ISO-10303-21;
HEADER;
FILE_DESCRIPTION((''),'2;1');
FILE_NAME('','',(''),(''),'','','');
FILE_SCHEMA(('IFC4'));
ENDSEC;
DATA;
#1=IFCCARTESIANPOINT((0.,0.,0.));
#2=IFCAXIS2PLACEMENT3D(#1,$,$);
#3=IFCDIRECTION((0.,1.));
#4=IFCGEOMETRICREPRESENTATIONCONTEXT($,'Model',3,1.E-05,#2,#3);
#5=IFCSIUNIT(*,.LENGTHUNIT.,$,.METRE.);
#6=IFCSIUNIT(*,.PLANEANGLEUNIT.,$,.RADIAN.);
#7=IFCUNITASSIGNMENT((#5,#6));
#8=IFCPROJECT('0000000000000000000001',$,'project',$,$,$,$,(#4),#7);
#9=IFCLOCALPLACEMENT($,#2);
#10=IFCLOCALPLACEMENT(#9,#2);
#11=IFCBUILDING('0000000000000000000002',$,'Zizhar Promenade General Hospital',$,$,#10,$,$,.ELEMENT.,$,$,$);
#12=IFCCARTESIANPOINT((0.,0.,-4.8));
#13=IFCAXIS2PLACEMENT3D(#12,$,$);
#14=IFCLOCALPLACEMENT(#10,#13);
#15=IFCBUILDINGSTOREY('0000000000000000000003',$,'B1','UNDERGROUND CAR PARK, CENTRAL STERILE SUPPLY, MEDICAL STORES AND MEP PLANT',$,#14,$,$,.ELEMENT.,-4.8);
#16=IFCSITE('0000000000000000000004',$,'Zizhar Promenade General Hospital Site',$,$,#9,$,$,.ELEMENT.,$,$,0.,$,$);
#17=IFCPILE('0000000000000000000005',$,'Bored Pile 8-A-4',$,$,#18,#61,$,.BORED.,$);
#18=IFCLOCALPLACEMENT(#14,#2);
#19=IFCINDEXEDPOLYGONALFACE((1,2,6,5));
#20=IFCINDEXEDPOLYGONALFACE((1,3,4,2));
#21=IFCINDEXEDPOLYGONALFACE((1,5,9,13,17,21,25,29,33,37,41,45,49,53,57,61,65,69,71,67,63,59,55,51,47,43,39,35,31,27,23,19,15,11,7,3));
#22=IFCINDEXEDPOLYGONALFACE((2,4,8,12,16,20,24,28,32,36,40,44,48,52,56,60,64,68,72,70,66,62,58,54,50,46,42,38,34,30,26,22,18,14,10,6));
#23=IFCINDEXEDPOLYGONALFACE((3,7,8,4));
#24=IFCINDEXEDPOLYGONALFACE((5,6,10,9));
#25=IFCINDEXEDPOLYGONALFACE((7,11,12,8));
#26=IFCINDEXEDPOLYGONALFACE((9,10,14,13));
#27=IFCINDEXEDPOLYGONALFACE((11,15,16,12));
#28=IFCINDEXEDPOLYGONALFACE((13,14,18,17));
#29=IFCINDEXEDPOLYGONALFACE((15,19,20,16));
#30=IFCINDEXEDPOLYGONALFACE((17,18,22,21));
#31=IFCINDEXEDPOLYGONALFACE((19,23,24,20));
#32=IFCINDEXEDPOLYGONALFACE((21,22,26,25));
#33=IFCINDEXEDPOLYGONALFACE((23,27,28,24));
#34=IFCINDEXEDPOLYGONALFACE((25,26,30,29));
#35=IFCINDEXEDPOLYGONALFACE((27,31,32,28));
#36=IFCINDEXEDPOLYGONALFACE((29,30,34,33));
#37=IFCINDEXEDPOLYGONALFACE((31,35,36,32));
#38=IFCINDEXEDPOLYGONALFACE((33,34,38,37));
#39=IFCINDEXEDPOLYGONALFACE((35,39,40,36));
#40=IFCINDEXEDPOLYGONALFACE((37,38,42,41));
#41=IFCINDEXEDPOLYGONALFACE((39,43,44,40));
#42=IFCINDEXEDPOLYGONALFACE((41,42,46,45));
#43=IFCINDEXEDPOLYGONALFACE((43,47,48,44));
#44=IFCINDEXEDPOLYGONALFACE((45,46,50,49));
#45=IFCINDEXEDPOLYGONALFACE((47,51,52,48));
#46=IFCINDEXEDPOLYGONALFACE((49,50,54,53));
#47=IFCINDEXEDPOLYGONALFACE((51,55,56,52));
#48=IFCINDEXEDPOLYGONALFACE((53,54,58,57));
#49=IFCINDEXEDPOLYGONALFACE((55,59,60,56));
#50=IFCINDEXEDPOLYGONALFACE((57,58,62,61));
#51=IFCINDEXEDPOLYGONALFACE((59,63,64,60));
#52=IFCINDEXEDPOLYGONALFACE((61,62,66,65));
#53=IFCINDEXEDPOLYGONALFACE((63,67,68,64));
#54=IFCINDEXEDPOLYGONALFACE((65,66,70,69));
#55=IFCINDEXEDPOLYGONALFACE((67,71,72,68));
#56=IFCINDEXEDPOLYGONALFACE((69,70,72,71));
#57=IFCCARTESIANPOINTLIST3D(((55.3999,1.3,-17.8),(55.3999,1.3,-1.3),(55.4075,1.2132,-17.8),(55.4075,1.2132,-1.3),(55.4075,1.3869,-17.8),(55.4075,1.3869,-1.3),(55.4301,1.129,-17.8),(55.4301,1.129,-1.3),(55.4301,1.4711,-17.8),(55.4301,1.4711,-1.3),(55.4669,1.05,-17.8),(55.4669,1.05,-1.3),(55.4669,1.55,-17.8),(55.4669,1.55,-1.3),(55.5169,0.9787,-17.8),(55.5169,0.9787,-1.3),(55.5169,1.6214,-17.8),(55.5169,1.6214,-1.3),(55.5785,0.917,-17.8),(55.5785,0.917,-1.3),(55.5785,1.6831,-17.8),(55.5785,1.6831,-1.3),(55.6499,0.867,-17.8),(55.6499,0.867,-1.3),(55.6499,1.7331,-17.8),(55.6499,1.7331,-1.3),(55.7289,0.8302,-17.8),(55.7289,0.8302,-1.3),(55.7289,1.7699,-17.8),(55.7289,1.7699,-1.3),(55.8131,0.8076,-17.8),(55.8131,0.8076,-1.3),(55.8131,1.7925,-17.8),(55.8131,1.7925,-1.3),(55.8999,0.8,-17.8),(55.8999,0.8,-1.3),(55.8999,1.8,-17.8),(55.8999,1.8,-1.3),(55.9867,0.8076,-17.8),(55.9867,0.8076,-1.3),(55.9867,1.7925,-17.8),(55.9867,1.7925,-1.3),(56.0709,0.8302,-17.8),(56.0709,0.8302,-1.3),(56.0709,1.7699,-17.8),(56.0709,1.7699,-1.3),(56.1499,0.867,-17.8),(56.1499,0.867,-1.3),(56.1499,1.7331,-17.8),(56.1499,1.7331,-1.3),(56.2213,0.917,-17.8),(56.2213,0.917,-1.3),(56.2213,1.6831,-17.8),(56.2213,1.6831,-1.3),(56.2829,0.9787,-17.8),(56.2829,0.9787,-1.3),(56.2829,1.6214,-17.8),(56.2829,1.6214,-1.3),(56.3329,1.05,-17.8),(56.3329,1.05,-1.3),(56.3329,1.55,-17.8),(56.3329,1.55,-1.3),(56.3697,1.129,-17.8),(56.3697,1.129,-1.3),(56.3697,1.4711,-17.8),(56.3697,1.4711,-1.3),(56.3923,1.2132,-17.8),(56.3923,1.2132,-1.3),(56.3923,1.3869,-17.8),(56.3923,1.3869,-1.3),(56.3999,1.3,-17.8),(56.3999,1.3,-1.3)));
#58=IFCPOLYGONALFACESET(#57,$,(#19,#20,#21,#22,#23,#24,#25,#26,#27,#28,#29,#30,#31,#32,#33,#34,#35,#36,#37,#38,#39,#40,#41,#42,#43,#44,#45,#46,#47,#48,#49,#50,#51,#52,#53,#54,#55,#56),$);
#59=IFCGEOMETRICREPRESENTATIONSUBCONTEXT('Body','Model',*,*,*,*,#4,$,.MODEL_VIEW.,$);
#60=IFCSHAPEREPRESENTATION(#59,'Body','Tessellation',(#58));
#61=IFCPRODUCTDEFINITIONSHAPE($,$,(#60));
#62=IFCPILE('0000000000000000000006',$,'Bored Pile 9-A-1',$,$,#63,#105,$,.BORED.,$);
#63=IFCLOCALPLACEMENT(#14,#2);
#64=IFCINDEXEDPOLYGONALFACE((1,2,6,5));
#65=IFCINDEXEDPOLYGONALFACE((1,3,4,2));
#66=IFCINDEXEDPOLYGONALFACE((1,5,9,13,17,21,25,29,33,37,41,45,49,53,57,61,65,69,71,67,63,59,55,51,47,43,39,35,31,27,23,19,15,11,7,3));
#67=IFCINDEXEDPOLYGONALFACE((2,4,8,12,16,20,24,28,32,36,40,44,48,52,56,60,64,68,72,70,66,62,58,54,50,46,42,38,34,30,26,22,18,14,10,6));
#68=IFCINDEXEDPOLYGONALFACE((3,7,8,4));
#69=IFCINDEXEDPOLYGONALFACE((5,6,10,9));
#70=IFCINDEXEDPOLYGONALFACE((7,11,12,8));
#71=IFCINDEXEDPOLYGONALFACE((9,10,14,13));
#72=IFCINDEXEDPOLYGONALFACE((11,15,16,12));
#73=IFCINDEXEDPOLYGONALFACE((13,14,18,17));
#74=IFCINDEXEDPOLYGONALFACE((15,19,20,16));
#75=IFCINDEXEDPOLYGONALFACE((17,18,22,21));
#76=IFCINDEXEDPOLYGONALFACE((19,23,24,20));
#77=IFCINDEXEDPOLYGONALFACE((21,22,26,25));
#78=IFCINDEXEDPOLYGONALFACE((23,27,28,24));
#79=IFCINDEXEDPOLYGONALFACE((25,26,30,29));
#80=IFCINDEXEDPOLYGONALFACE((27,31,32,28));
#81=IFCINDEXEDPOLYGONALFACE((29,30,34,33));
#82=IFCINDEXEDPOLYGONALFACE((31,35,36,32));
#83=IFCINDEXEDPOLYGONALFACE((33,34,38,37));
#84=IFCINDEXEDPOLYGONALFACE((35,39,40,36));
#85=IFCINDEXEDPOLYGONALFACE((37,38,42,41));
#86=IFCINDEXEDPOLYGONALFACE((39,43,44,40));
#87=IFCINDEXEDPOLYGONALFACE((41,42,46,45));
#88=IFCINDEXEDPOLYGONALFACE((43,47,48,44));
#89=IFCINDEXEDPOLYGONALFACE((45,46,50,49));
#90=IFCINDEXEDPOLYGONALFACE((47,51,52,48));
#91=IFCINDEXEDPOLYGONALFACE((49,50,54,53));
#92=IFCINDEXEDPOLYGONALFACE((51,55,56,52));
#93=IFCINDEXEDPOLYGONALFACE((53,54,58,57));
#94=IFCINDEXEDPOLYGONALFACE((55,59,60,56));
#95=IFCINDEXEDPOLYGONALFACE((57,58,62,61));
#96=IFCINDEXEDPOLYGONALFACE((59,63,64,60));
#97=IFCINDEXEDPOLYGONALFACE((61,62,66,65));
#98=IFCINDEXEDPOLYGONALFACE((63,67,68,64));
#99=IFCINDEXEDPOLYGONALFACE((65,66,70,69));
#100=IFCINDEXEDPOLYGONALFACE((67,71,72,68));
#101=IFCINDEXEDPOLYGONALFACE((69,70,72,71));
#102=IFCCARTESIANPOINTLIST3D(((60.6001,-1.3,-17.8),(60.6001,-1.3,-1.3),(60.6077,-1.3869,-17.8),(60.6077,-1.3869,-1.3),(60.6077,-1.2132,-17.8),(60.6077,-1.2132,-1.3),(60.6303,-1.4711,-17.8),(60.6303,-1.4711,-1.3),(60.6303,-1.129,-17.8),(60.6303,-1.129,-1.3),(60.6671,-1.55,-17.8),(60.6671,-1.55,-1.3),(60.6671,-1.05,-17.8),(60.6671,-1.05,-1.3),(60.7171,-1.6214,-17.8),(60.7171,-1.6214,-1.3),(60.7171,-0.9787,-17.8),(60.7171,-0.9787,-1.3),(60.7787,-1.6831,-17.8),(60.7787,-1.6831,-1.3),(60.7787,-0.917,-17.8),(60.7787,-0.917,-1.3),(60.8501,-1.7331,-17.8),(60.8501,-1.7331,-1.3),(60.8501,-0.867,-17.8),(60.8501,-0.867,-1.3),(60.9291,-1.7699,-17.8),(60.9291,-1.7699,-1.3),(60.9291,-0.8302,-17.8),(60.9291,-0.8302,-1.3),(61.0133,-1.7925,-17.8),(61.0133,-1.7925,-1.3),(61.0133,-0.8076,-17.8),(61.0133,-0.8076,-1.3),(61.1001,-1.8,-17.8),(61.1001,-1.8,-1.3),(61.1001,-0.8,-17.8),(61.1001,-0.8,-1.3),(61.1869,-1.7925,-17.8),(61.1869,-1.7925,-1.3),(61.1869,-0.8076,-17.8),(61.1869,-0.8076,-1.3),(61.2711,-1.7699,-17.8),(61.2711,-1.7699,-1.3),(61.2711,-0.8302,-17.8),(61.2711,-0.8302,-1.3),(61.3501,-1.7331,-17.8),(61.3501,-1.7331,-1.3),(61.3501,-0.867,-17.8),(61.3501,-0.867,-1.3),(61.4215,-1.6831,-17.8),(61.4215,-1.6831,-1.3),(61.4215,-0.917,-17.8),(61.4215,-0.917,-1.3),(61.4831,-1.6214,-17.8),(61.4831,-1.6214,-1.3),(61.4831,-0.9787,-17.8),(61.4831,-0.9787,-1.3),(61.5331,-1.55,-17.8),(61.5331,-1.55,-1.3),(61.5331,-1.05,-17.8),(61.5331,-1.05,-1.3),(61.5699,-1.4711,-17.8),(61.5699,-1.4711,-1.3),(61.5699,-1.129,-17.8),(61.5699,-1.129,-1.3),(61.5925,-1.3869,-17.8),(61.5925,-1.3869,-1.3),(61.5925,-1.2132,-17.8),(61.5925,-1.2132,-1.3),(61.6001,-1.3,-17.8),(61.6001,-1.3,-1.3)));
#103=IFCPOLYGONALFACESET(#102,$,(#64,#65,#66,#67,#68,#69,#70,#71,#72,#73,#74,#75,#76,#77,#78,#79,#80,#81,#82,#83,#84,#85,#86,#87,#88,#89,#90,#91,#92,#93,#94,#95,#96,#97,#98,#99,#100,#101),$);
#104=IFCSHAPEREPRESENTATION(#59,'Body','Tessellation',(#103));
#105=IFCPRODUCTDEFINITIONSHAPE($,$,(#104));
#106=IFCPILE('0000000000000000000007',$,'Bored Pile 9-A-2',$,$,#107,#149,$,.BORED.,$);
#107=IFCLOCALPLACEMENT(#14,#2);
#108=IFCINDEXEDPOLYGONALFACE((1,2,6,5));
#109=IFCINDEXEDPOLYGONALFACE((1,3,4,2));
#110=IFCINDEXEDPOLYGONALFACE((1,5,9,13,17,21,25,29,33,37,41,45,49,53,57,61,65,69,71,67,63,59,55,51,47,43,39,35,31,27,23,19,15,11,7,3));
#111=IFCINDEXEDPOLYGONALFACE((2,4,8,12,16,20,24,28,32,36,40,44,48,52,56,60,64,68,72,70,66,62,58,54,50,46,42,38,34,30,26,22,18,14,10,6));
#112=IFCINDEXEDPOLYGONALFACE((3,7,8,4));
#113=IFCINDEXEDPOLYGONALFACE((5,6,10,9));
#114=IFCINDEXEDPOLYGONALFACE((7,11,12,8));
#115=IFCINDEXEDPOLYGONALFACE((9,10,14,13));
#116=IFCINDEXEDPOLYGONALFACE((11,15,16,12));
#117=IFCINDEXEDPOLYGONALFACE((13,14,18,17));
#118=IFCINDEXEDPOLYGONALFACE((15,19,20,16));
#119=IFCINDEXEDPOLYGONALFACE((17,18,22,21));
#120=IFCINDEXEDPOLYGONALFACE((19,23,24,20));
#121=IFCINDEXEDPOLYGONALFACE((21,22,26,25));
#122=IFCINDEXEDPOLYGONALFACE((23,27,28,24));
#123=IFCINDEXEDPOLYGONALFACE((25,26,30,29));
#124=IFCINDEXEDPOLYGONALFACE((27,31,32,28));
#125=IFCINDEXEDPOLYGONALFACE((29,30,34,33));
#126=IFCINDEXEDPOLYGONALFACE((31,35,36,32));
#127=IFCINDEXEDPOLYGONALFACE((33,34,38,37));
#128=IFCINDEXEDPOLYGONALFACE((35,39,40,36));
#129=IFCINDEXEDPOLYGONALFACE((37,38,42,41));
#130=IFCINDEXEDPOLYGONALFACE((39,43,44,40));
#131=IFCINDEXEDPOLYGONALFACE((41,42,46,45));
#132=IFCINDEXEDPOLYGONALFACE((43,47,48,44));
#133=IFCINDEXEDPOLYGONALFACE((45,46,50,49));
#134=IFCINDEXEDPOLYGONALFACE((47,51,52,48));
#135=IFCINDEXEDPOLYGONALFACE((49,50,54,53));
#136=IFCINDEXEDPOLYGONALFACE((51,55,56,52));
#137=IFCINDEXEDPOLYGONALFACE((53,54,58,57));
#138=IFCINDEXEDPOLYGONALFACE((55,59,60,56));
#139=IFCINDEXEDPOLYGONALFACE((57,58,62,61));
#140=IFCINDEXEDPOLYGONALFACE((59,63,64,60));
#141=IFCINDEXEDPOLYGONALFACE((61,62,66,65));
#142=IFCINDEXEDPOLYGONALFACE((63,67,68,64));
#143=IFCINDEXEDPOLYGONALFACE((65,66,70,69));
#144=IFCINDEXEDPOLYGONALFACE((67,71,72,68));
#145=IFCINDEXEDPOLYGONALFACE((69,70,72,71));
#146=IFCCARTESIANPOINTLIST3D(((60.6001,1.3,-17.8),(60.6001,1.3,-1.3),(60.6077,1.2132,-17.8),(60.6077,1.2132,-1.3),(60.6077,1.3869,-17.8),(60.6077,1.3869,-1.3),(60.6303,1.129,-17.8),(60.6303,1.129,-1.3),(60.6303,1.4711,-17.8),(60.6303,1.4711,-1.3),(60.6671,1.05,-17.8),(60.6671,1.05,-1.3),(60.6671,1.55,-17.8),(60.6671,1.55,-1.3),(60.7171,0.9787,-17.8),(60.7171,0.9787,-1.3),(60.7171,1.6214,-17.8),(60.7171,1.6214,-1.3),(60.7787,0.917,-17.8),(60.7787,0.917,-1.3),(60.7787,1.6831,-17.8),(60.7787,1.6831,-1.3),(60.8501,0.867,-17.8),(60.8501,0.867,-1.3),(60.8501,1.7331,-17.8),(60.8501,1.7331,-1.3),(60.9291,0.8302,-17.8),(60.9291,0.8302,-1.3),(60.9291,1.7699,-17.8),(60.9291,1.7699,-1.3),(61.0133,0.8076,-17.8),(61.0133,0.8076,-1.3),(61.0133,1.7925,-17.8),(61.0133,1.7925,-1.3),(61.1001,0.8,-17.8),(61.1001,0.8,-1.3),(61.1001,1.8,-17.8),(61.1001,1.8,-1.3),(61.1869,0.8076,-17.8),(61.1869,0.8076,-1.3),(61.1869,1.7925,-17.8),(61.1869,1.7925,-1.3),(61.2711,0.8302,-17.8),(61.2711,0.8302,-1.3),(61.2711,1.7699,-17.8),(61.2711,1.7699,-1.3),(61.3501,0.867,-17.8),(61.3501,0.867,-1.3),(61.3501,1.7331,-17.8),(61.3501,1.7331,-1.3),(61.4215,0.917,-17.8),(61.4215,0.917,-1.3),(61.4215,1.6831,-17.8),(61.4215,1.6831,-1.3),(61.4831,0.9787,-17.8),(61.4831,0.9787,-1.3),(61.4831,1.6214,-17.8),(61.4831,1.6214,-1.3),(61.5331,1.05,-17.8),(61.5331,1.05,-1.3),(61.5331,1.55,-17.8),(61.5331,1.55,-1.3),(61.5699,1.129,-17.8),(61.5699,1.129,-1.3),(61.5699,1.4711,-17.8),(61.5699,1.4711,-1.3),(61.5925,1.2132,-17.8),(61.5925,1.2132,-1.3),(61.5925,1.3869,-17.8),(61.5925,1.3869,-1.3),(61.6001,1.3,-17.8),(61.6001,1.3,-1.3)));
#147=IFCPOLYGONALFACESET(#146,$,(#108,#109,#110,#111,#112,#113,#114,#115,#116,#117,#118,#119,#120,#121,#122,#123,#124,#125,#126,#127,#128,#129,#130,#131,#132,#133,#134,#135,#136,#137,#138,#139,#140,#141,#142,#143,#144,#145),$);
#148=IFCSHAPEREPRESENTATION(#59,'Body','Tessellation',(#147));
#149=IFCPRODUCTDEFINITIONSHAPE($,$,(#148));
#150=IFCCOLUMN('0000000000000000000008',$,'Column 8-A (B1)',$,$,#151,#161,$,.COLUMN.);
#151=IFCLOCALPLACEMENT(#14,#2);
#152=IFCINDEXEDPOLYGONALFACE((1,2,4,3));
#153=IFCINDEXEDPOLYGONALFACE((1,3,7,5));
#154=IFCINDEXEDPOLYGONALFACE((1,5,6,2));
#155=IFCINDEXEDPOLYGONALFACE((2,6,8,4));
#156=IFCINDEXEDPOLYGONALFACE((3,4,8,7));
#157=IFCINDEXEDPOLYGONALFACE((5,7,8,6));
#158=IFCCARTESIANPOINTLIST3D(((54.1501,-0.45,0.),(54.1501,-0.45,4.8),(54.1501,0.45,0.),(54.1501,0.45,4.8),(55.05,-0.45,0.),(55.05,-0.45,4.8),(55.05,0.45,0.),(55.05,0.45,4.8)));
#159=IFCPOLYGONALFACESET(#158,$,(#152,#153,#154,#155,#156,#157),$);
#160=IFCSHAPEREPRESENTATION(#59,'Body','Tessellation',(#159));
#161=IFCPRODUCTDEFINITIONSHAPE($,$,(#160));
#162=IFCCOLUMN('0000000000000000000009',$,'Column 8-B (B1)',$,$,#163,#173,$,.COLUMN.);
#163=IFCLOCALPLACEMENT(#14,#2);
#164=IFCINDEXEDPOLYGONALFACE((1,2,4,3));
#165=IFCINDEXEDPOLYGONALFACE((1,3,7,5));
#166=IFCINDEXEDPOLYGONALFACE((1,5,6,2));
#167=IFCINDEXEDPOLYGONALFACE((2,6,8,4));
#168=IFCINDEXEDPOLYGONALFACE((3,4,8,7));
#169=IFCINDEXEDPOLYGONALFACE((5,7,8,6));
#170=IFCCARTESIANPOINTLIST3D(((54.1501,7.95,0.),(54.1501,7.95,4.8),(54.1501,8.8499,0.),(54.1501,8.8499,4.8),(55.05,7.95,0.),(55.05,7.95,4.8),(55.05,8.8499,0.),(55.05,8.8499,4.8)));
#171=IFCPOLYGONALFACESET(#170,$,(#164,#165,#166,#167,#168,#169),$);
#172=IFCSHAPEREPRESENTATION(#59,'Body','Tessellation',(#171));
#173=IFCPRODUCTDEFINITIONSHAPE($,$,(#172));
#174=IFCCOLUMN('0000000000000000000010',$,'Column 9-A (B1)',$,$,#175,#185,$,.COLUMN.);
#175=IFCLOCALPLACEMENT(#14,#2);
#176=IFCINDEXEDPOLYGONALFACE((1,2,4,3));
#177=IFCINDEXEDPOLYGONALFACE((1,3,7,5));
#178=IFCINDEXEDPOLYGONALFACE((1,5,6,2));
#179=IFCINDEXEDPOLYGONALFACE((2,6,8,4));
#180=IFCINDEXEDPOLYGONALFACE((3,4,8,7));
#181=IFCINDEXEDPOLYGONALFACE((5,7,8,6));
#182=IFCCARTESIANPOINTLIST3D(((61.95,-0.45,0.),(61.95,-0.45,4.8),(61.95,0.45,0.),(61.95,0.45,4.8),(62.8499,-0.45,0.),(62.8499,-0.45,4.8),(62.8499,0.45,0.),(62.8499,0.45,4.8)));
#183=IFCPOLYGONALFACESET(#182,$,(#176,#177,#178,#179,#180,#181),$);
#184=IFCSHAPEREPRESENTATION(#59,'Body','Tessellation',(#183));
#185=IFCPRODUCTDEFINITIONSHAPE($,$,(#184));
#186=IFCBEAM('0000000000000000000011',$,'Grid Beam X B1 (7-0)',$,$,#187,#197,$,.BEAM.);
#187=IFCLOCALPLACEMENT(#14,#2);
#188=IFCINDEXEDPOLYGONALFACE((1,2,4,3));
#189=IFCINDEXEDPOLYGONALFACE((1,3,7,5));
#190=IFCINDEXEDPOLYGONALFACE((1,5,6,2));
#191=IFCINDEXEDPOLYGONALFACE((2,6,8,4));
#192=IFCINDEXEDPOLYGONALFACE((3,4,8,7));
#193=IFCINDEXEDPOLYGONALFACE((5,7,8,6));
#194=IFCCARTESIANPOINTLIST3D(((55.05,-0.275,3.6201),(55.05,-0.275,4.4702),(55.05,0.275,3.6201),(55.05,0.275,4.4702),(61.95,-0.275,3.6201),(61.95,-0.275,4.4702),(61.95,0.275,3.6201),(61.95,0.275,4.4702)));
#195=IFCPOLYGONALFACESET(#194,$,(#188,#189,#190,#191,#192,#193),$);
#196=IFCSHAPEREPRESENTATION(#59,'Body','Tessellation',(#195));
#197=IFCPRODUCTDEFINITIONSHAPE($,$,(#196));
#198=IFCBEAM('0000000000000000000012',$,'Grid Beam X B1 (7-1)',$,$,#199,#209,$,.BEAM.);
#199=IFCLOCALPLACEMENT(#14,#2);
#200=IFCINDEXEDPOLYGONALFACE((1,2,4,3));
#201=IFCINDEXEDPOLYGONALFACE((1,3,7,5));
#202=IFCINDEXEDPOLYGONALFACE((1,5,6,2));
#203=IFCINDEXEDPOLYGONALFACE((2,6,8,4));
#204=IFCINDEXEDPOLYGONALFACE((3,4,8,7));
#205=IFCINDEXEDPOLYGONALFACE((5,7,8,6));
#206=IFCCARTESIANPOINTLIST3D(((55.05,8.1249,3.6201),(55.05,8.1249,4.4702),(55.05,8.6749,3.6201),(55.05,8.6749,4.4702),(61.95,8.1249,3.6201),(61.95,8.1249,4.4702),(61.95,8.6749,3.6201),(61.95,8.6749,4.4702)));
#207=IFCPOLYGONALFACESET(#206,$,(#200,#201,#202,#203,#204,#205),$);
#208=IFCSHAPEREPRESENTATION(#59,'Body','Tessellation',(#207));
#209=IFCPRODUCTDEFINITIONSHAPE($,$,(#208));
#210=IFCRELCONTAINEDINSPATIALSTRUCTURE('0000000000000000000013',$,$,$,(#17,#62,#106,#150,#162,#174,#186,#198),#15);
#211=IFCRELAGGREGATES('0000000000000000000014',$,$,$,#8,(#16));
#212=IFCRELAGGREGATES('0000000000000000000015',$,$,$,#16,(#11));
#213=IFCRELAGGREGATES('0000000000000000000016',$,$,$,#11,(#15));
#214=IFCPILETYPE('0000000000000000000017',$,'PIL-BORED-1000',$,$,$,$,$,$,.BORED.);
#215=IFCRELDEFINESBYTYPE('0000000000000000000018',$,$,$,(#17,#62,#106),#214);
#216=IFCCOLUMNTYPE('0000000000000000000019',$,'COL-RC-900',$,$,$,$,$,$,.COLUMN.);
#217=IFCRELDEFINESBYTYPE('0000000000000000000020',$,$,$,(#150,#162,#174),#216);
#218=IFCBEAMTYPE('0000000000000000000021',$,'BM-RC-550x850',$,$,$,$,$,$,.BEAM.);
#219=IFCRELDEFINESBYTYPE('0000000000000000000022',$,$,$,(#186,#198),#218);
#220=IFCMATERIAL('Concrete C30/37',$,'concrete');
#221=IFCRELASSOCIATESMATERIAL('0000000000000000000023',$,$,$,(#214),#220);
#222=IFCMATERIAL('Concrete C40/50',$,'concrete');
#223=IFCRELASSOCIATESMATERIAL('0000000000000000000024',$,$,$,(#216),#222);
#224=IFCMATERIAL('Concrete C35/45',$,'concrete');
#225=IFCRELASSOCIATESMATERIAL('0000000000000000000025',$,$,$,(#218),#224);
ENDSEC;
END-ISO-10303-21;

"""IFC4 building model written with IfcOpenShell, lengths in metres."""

from ifc_helpers import new_model, si_unit, direction, frame, origin, origin_2d, place, context, subcontext, project, spatial, rectangle, circle, extrude, material, material_profile, profile_set, type_object, element, save


model = new_model("IFC4")

# Units and contexts
model_context = context("Model", 3, precision=1e-05, world=origin(), true_north=direction((0.0, 1.0)))
body_context = subcontext(model_context, "Body", "Model", "MODEL_VIEW")
ifc_project = project(units=[si_unit("LENGTHUNIT", "METRE"), si_unit("PLANEANGLEUNIT", "RADIAN")], contexts=[model_context])

# Site, building, storey
site_placement = place(None, origin())
site = spatial("IfcSite", under=ifc_project, at=site_placement, Name="Zizhar Promenade General Hospital Site", CompositionType="ELEMENT", RefElevation=0.0)
building_placement = place(site_placement, origin())
building = spatial("IfcBuilding", under=site, at=building_placement, Name="Zizhar Promenade General Hospital", CompositionType="ELEMENT")
storey_placement = place(building_placement, frame((0.0, 0.0, -4.8)))
storey = spatial("IfcBuildingStorey", under=building, at=storey_placement, Name="B1", Description="UNDERGROUND CAR PARK, CENTRAL STERILE SUPPLY, MEDICAL STORES AND MEP PLANT", CompositionType="ELEMENT", Elevation=-4.8)

# Piles
ifc_material_1 = material(Name="Concrete C30/37", Category="concrete")
ifc_material_profile_1 = material_profile(ifc_material_1, circle(Radius=0.5, at=origin_2d()))
ifc_profile_set_1 = profile_set([ifc_material_profile_1], Name="Concrete C30/37")
pile_type = type_object("IfcPileType", Name="PIL-BORED-1000", PredefinedType="BORED", material=ifc_profile_set_1)
for number, where, z_axis, x_axis, name in (
    (1, (55.8999, 1.3, -1.3), (0.0, 0.0, -1.0), (1.0, 0.0, 0.0), "Bored Pile 8-A-4"),
    (2, (61.1001, -1.3, -1.3), (0.0, 0.0, -1.0), (1.0, 0.0, 0.0), "Bored Pile 9-A-1"),
    (3, (61.1001, 1.3, -1.3), (0.0, 0.0, -1.0), (1.0, 0.0, 0.0), "Bored Pile 9-A-2"),
):
    element("IfcPile", number, at=place(storey_placement, frame(where, z_axis=z_axis, x_axis=x_axis)), inside=storey, type_object=pile_type, Name=name, PredefinedType="BORED", context=body_context, shape_type="SweptSolid", body=[
        extrude(circle(Radius=0.5, at=origin_2d()), origin(), (0.0, 0.0, 1.0), 16.5),
    ])

# Columns
ifc_material_2 = material(Name="Concrete C40/50", Category="concrete")
ifc_material_profile_2 = material_profile(ifc_material_2, rectangle(XDim=0.8999, YDim=0.8999, at=origin_2d()))
ifc_profile_set_2 = profile_set([ifc_material_profile_2], Name="Concrete C40/50")
column_type = type_object("IfcColumnType", Name="COL-RC-900", PredefinedType="COLUMN", material=ifc_profile_set_2)
for number, where, z_axis, x_axis, name in (
    (4, (54.6001, 0.0, 0.0), (0.0, 0.0, 1.0), (1.0, 0.0, 0.0), "Column 8-A (B1)"),
    (5, (54.6001, 8.3999, 0.0), (0.0, 0.0, 1.0), (1.0, 0.0, 0.0), "Column 8-B (B1)"),
    (6, (62.3999, 0.0, 0.0), (0.0, 0.0, 1.0), (1.0, 0.0, 0.0), "Column 9-A (B1)"),
):
    element("IfcColumn", number, at=place(storey_placement, frame(where, z_axis=z_axis, x_axis=x_axis)), inside=storey, type_object=column_type, Name=name, PredefinedType="COLUMN", context=body_context, shape_type="SweptSolid", body=[
        extrude(rectangle(XDim=0.8999, YDim=0.8999, at=origin_2d()), origin(), (0.0, 0.0, 1.0), 4.8),
    ])

# Beams
ifc_material_3 = material(Name="Concrete C35/45", Category="concrete")
ifc_material_profile_3 = material_profile(ifc_material_3, rectangle(XDim=0.55, YDim=0.8501, at=origin_2d()))
ifc_profile_set_3 = profile_set([ifc_material_profile_3], Name="Concrete C35/45")
beam_type_1 = type_object("IfcBeamType", Name="BM-RC-550x850", PredefinedType="BEAM", material=ifc_profile_set_3)
for number, where, z_axis, x_axis, name in (
    (7, (55.05, 0.0, 4.0452), (1.0, 0.0, 0.0), (0.0, 1.0, 0.0), "Grid Beam X B1 (7-0)"),
    (8, (55.05, 8.3999, 4.0452), (1.0, 0.0, 0.0), (0.0, 1.0, 0.0), "Grid Beam X B1 (7-1)"),
):
    element("IfcBeam", number, at=place(storey_placement, frame(where, z_axis=z_axis, x_axis=x_axis)), inside=storey, type_object=beam_type_1, Name=name, PredefinedType="BEAM", context=body_context, shape_type="SweptSolid", body=[
        extrude(rectangle(XDim=0.55, YDim=0.8501, at=origin_2d()), origin(), (0.0, 0.0, 1.0), 6.8999),
    ])

save(model, "model.ifc")
